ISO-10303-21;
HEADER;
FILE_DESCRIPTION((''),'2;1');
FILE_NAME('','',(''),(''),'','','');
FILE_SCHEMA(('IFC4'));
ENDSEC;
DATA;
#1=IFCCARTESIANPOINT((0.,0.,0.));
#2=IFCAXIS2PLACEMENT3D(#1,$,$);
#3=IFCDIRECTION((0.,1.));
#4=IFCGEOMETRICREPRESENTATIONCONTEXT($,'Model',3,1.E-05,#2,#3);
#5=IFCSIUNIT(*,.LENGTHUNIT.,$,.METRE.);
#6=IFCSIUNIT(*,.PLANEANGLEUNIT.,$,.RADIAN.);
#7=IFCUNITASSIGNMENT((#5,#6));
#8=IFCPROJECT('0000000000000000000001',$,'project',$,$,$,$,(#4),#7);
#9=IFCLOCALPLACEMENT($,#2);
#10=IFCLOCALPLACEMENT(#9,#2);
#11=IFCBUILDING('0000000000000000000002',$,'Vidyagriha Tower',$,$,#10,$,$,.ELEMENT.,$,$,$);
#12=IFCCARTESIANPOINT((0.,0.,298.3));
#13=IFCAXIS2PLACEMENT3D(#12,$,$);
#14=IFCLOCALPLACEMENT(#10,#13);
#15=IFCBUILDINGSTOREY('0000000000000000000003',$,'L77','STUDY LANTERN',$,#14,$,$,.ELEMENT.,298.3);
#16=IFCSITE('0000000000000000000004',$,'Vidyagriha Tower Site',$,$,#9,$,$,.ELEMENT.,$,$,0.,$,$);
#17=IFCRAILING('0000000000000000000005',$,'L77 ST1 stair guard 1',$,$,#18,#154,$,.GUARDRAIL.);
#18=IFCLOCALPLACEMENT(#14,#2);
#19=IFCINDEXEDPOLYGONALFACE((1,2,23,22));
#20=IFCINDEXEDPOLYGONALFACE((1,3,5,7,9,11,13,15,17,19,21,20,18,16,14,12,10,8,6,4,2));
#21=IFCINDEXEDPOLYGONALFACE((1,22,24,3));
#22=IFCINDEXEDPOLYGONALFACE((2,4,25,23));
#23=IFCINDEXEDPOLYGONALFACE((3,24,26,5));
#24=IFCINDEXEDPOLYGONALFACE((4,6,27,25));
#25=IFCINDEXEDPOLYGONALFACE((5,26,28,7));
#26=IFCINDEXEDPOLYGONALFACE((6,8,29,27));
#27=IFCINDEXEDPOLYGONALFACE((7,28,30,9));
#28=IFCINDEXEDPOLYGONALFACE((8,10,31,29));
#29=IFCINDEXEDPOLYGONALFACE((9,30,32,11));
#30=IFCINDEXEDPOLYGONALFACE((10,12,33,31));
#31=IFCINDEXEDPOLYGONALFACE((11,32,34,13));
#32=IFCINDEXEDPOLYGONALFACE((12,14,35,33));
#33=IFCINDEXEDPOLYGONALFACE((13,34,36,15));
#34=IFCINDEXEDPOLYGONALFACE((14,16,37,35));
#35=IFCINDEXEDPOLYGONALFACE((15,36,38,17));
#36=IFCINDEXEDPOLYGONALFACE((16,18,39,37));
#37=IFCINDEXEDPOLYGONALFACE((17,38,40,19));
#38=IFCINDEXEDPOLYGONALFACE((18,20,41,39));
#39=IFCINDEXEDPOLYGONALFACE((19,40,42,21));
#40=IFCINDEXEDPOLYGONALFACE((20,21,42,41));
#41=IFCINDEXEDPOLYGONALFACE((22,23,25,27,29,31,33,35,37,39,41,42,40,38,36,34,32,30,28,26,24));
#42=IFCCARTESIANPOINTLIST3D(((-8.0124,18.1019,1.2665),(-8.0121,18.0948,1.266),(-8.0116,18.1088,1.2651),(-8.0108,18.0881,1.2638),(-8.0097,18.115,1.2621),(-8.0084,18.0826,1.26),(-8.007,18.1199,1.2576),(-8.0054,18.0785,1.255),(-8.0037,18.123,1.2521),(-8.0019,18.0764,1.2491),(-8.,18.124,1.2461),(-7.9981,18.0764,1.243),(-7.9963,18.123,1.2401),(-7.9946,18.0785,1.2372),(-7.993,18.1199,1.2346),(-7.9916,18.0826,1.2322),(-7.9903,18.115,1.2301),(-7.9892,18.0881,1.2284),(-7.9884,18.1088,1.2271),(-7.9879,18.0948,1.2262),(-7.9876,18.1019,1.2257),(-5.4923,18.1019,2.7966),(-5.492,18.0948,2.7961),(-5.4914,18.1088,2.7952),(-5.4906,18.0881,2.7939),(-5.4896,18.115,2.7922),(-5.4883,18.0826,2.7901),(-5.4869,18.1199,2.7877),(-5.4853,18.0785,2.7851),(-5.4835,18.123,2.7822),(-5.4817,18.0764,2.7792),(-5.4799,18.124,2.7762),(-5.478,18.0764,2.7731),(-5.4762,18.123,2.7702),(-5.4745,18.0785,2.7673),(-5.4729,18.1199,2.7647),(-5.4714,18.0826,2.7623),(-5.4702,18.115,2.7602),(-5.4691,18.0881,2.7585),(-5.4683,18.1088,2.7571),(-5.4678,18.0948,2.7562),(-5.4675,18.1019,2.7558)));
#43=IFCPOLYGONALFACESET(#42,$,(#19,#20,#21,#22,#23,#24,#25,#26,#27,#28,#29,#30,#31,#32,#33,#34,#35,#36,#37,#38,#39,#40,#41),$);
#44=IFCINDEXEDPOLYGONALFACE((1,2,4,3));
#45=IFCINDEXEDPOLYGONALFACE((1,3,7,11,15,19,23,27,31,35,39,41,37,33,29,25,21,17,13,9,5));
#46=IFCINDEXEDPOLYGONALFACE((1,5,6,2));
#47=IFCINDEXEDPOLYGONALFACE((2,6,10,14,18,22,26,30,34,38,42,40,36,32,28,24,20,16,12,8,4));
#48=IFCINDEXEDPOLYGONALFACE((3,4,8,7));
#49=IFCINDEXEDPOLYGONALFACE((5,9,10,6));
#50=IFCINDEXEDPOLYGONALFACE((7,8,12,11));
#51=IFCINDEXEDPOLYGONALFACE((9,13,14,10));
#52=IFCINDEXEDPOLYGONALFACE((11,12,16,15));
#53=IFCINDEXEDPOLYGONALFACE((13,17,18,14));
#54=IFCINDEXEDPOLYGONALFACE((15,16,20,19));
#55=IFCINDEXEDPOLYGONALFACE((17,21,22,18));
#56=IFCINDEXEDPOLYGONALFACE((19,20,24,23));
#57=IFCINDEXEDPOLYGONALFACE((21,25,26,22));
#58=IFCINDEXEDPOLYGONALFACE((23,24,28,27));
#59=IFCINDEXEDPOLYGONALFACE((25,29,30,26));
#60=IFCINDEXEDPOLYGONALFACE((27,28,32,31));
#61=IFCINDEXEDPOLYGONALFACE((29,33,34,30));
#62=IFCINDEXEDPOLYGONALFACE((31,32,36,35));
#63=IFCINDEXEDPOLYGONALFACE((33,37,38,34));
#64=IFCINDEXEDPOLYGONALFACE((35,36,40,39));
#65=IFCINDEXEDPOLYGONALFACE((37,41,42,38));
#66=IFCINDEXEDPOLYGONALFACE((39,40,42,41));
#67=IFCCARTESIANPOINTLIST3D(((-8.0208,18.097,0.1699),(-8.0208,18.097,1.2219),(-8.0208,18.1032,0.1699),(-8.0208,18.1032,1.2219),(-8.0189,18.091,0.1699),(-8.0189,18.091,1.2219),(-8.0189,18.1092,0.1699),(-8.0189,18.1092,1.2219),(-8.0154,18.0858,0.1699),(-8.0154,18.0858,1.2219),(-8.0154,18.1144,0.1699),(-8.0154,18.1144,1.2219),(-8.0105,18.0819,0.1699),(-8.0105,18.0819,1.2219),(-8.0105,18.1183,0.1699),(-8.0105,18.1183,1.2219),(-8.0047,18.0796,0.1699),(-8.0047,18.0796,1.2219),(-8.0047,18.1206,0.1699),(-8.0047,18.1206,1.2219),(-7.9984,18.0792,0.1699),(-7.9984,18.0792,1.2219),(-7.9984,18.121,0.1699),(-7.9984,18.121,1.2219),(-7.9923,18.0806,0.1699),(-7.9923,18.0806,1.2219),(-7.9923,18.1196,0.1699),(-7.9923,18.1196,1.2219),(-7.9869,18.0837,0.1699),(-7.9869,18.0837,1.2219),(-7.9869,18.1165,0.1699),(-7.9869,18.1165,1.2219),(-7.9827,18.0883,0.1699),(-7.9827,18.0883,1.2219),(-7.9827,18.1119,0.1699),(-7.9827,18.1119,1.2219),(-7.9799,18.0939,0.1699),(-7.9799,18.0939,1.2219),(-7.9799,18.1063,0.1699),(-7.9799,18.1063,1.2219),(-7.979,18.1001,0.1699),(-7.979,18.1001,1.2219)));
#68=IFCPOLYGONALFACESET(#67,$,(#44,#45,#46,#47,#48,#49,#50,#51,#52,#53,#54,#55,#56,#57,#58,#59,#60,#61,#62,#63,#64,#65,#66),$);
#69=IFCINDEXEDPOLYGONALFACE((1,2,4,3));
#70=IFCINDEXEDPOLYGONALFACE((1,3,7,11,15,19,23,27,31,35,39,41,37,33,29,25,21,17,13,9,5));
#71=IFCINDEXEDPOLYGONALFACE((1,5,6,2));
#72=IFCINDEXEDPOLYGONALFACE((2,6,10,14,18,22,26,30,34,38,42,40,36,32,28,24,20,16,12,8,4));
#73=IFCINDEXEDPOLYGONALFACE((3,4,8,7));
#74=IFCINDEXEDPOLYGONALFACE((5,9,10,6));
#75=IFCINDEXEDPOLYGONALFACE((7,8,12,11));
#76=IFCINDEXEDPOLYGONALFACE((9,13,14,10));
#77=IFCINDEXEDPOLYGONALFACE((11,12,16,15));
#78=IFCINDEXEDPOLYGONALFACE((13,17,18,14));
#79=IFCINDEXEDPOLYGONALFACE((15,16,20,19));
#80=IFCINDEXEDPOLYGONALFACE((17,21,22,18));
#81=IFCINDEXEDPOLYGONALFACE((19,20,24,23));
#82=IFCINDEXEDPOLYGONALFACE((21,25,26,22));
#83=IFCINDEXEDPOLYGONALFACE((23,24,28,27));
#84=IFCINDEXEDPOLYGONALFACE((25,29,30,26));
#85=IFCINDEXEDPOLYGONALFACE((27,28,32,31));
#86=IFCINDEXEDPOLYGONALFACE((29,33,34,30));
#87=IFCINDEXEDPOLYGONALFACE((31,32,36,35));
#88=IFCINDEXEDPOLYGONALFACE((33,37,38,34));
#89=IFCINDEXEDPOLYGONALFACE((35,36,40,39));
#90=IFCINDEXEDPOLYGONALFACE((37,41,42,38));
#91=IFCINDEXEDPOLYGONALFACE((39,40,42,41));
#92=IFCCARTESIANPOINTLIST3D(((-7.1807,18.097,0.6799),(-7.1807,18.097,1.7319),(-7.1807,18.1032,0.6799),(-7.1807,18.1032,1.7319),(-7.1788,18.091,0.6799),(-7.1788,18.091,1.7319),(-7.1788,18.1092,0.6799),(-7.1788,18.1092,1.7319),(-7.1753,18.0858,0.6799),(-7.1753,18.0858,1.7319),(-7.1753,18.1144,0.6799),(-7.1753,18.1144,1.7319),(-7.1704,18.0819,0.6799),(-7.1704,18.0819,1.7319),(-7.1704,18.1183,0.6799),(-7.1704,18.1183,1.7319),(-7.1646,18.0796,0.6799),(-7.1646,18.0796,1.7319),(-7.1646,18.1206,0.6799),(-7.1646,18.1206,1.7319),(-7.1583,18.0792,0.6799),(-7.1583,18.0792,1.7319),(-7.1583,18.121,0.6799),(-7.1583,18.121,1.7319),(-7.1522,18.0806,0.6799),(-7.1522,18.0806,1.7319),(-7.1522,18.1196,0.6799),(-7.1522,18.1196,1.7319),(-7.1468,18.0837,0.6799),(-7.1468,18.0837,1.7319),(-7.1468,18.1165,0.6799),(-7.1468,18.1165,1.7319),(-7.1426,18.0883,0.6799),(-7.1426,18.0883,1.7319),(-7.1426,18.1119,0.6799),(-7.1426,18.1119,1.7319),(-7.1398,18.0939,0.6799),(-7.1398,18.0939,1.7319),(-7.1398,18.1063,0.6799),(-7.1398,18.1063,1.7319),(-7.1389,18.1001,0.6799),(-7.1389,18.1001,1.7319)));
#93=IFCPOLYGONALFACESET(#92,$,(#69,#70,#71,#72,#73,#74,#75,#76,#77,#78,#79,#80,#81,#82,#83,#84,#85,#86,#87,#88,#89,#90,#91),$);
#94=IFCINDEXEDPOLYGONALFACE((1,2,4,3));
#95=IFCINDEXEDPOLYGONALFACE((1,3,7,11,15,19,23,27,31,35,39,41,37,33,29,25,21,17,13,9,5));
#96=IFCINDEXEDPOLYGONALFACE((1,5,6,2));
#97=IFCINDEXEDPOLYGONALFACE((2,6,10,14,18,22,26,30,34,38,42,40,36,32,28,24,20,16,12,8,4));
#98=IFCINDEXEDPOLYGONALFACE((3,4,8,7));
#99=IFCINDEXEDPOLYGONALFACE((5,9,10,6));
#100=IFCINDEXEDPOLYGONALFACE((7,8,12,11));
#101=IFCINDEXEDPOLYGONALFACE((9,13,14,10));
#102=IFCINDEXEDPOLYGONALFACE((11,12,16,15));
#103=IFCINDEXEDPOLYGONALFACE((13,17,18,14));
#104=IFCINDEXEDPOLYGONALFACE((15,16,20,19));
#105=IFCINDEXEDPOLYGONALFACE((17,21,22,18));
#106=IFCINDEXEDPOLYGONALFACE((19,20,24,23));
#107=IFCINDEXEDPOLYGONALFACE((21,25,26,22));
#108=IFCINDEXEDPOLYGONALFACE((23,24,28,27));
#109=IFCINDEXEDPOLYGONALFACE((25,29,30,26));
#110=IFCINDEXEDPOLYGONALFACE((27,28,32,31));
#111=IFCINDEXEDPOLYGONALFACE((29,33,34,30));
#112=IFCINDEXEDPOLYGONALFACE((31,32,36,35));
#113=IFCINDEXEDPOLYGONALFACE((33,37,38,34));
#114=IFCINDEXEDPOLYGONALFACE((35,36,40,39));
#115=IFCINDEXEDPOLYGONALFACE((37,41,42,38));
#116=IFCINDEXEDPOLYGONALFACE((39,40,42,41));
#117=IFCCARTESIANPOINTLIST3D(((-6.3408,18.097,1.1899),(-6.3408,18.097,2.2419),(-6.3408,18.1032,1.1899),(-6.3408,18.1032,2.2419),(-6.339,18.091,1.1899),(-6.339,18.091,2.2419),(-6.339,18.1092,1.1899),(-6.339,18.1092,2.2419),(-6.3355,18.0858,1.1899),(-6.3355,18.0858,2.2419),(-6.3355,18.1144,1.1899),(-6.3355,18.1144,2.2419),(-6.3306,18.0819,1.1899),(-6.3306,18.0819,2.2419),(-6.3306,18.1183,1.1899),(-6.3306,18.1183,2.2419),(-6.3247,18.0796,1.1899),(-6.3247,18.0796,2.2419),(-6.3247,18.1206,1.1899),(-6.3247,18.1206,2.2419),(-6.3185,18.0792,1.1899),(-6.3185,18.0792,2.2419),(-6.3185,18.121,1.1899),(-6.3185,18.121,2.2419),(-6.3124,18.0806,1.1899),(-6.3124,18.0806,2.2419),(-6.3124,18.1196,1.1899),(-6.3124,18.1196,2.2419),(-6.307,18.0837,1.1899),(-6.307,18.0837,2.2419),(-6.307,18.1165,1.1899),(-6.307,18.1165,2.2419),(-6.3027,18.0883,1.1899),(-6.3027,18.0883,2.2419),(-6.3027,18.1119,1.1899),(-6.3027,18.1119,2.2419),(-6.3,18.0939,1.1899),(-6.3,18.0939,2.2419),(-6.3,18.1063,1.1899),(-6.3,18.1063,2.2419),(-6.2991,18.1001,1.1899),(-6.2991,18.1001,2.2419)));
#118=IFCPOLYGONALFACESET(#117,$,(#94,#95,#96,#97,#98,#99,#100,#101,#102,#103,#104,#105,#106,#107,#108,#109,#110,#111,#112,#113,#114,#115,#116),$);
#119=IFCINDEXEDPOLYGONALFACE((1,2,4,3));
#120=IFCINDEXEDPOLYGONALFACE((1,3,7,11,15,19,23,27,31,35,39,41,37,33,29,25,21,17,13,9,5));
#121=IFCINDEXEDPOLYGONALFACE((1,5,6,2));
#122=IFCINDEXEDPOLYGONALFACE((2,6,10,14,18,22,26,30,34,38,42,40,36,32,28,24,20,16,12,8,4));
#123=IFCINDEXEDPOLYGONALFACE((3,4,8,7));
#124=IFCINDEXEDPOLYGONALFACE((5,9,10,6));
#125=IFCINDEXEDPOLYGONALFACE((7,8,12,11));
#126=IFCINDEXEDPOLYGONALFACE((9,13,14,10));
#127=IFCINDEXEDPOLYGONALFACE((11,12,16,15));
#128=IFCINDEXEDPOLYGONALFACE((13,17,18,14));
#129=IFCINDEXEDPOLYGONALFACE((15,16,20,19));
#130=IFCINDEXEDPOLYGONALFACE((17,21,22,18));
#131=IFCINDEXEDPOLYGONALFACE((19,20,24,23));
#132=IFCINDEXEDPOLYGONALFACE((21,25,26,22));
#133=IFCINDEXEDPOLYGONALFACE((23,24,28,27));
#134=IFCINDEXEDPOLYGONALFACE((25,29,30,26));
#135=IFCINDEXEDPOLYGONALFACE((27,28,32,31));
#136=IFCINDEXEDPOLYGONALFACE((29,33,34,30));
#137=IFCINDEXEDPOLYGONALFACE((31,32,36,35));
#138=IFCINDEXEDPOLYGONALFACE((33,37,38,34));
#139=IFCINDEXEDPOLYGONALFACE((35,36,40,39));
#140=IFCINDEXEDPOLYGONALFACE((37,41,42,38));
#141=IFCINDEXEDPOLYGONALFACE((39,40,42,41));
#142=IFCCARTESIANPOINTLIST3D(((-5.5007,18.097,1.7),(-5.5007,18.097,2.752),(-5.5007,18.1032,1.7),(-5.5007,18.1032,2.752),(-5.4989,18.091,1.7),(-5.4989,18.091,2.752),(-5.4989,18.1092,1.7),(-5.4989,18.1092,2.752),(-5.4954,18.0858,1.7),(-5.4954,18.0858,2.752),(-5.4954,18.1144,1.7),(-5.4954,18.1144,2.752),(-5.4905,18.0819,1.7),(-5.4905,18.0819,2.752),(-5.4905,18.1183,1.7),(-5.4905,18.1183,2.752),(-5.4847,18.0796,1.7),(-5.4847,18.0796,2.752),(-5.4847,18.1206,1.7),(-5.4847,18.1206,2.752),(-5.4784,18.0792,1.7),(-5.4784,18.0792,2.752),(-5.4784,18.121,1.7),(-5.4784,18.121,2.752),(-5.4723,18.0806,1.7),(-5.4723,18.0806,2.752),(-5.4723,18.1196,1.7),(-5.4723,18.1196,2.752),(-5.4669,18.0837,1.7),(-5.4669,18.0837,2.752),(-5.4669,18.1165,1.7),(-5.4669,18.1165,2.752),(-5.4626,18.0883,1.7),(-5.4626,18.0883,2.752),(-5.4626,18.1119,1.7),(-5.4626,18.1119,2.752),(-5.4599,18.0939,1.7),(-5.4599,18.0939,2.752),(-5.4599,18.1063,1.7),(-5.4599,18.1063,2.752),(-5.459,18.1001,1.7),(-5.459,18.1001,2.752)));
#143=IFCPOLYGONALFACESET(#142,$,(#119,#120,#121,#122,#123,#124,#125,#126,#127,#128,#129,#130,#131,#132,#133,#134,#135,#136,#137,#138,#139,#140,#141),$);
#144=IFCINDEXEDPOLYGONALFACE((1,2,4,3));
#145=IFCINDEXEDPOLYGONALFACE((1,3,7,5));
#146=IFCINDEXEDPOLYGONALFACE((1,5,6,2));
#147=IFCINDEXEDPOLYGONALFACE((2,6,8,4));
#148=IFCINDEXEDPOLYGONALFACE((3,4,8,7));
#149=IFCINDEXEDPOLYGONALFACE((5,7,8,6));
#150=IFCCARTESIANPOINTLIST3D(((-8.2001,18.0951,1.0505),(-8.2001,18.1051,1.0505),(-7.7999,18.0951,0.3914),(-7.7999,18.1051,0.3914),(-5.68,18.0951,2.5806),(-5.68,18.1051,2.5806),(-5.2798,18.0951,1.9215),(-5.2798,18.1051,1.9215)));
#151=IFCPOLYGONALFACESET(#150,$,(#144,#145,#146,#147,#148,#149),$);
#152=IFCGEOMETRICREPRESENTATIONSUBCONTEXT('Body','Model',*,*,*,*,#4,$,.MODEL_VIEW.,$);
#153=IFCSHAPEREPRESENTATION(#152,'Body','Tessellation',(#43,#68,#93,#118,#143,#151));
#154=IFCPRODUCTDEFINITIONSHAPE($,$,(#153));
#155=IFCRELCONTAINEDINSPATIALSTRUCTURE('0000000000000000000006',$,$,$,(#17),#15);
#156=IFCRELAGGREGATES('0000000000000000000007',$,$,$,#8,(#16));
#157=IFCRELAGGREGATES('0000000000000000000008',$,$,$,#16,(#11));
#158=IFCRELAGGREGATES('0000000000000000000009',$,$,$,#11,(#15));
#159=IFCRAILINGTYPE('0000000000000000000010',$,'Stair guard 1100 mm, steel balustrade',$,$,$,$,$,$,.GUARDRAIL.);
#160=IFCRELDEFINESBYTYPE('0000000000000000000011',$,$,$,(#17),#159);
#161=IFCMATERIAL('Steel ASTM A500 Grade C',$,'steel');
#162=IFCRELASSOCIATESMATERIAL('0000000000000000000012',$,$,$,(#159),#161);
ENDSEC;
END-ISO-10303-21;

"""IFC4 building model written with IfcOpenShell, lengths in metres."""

from ifc_helpers import new_model, si_unit, direction, frame, origin, origin_2d, place, context, subcontext, project, spatial, rectangle, circle, extrude, material, type_object, element, save


model = new_model("IFC4")

# Units and contexts
model_context = context("Model", 3, precision=1e-05, world=origin(), true_north=direction((0.0, 1.0)))
body_context = subcontext(model_context, "Body", "Model", "MODEL_VIEW")
ifc_project = project(units=[si_unit("LENGTHUNIT", "METRE"), si_unit("PLANEANGLEUNIT", "RADIAN")], contexts=[model_context])

# Site, building, storey
site_placement = place(None, origin())
site = spatial("IfcSite", under=ifc_project, at=site_placement, Name="Vidyagriha Tower Site", CompositionType="ELEMENT", RefElevation=0.0)
building_placement = place(site_placement, origin())
building = spatial("IfcBuilding", under=site, at=building_placement, Name="Vidyagriha Tower", CompositionType="ELEMENT")
storey_placement = place(building_placement, frame((0.0, 0.0, 298.3)))
storey = spatial("IfcBuildingStorey", under=building, at=storey_placement, Name="L77", Description="STUDY LANTERN", CompositionType="ELEMENT", Elevation=298.3)

# Railing
ifc_material_1 = material(Name="Steel ASTM A500 Grade C", Category="steel")
railing_type_1 = type_object("IfcRailingType", Name="Stair guard 1100 mm, steel balustrade", PredefinedType="GUARDRAIL", material=ifc_material_1)
railing_1_placement = place(storey_placement, frame((-8.0, 18.1001, 0.1699)))
element("IfcRailing", 1, at=railing_1_placement, inside=storey, type_object=railing_type_1, Name="L77 ST1 stair guard 1", PredefinedType="GUARDRAIL", context=body_context, shape_type="SweptSolid", body=[
    extrude(circle(Radius=0.0239, at=origin_2d()), frame((0.0, 0.0, 1.0762), z_axis=(0.854785, 0.0, 0.518982), x_axis=(0.0, 1.0, 0.0)), (0.0, 0.0, 1.0), 2.9482),
    extrude(circle(Radius=0.021, at=origin_2d()), origin(), (0.0, 0.0, 1.0), 1.052),
    extrude(circle(Radius=0.021, at=origin_2d()), frame((0.8401, 0.0, 0.51)), (0.0, 0.0, 1.0), 1.052),
    extrude(circle(Radius=0.021, at=origin_2d()), frame((1.6799, 0.0, 1.02)), (0.0, 0.0, 1.0), 1.052),
    extrude(circle(Radius=0.021, at=origin_2d()), frame((2.52, 0.0, 1.53)), (0.0, 0.0, 1.0), 1.052),
    extrude(rectangle(XDim=0.01, YDim=0.771, at=origin_2d()), frame((0.0, 0.0, 0.551), z_axis=(0.854785, 0.0, 0.518982), x_axis=(0.0, 1.0, 0.0)), (0.0, 0.0, 1.0), 2.9482),
])

save(model, "model.ifc")
